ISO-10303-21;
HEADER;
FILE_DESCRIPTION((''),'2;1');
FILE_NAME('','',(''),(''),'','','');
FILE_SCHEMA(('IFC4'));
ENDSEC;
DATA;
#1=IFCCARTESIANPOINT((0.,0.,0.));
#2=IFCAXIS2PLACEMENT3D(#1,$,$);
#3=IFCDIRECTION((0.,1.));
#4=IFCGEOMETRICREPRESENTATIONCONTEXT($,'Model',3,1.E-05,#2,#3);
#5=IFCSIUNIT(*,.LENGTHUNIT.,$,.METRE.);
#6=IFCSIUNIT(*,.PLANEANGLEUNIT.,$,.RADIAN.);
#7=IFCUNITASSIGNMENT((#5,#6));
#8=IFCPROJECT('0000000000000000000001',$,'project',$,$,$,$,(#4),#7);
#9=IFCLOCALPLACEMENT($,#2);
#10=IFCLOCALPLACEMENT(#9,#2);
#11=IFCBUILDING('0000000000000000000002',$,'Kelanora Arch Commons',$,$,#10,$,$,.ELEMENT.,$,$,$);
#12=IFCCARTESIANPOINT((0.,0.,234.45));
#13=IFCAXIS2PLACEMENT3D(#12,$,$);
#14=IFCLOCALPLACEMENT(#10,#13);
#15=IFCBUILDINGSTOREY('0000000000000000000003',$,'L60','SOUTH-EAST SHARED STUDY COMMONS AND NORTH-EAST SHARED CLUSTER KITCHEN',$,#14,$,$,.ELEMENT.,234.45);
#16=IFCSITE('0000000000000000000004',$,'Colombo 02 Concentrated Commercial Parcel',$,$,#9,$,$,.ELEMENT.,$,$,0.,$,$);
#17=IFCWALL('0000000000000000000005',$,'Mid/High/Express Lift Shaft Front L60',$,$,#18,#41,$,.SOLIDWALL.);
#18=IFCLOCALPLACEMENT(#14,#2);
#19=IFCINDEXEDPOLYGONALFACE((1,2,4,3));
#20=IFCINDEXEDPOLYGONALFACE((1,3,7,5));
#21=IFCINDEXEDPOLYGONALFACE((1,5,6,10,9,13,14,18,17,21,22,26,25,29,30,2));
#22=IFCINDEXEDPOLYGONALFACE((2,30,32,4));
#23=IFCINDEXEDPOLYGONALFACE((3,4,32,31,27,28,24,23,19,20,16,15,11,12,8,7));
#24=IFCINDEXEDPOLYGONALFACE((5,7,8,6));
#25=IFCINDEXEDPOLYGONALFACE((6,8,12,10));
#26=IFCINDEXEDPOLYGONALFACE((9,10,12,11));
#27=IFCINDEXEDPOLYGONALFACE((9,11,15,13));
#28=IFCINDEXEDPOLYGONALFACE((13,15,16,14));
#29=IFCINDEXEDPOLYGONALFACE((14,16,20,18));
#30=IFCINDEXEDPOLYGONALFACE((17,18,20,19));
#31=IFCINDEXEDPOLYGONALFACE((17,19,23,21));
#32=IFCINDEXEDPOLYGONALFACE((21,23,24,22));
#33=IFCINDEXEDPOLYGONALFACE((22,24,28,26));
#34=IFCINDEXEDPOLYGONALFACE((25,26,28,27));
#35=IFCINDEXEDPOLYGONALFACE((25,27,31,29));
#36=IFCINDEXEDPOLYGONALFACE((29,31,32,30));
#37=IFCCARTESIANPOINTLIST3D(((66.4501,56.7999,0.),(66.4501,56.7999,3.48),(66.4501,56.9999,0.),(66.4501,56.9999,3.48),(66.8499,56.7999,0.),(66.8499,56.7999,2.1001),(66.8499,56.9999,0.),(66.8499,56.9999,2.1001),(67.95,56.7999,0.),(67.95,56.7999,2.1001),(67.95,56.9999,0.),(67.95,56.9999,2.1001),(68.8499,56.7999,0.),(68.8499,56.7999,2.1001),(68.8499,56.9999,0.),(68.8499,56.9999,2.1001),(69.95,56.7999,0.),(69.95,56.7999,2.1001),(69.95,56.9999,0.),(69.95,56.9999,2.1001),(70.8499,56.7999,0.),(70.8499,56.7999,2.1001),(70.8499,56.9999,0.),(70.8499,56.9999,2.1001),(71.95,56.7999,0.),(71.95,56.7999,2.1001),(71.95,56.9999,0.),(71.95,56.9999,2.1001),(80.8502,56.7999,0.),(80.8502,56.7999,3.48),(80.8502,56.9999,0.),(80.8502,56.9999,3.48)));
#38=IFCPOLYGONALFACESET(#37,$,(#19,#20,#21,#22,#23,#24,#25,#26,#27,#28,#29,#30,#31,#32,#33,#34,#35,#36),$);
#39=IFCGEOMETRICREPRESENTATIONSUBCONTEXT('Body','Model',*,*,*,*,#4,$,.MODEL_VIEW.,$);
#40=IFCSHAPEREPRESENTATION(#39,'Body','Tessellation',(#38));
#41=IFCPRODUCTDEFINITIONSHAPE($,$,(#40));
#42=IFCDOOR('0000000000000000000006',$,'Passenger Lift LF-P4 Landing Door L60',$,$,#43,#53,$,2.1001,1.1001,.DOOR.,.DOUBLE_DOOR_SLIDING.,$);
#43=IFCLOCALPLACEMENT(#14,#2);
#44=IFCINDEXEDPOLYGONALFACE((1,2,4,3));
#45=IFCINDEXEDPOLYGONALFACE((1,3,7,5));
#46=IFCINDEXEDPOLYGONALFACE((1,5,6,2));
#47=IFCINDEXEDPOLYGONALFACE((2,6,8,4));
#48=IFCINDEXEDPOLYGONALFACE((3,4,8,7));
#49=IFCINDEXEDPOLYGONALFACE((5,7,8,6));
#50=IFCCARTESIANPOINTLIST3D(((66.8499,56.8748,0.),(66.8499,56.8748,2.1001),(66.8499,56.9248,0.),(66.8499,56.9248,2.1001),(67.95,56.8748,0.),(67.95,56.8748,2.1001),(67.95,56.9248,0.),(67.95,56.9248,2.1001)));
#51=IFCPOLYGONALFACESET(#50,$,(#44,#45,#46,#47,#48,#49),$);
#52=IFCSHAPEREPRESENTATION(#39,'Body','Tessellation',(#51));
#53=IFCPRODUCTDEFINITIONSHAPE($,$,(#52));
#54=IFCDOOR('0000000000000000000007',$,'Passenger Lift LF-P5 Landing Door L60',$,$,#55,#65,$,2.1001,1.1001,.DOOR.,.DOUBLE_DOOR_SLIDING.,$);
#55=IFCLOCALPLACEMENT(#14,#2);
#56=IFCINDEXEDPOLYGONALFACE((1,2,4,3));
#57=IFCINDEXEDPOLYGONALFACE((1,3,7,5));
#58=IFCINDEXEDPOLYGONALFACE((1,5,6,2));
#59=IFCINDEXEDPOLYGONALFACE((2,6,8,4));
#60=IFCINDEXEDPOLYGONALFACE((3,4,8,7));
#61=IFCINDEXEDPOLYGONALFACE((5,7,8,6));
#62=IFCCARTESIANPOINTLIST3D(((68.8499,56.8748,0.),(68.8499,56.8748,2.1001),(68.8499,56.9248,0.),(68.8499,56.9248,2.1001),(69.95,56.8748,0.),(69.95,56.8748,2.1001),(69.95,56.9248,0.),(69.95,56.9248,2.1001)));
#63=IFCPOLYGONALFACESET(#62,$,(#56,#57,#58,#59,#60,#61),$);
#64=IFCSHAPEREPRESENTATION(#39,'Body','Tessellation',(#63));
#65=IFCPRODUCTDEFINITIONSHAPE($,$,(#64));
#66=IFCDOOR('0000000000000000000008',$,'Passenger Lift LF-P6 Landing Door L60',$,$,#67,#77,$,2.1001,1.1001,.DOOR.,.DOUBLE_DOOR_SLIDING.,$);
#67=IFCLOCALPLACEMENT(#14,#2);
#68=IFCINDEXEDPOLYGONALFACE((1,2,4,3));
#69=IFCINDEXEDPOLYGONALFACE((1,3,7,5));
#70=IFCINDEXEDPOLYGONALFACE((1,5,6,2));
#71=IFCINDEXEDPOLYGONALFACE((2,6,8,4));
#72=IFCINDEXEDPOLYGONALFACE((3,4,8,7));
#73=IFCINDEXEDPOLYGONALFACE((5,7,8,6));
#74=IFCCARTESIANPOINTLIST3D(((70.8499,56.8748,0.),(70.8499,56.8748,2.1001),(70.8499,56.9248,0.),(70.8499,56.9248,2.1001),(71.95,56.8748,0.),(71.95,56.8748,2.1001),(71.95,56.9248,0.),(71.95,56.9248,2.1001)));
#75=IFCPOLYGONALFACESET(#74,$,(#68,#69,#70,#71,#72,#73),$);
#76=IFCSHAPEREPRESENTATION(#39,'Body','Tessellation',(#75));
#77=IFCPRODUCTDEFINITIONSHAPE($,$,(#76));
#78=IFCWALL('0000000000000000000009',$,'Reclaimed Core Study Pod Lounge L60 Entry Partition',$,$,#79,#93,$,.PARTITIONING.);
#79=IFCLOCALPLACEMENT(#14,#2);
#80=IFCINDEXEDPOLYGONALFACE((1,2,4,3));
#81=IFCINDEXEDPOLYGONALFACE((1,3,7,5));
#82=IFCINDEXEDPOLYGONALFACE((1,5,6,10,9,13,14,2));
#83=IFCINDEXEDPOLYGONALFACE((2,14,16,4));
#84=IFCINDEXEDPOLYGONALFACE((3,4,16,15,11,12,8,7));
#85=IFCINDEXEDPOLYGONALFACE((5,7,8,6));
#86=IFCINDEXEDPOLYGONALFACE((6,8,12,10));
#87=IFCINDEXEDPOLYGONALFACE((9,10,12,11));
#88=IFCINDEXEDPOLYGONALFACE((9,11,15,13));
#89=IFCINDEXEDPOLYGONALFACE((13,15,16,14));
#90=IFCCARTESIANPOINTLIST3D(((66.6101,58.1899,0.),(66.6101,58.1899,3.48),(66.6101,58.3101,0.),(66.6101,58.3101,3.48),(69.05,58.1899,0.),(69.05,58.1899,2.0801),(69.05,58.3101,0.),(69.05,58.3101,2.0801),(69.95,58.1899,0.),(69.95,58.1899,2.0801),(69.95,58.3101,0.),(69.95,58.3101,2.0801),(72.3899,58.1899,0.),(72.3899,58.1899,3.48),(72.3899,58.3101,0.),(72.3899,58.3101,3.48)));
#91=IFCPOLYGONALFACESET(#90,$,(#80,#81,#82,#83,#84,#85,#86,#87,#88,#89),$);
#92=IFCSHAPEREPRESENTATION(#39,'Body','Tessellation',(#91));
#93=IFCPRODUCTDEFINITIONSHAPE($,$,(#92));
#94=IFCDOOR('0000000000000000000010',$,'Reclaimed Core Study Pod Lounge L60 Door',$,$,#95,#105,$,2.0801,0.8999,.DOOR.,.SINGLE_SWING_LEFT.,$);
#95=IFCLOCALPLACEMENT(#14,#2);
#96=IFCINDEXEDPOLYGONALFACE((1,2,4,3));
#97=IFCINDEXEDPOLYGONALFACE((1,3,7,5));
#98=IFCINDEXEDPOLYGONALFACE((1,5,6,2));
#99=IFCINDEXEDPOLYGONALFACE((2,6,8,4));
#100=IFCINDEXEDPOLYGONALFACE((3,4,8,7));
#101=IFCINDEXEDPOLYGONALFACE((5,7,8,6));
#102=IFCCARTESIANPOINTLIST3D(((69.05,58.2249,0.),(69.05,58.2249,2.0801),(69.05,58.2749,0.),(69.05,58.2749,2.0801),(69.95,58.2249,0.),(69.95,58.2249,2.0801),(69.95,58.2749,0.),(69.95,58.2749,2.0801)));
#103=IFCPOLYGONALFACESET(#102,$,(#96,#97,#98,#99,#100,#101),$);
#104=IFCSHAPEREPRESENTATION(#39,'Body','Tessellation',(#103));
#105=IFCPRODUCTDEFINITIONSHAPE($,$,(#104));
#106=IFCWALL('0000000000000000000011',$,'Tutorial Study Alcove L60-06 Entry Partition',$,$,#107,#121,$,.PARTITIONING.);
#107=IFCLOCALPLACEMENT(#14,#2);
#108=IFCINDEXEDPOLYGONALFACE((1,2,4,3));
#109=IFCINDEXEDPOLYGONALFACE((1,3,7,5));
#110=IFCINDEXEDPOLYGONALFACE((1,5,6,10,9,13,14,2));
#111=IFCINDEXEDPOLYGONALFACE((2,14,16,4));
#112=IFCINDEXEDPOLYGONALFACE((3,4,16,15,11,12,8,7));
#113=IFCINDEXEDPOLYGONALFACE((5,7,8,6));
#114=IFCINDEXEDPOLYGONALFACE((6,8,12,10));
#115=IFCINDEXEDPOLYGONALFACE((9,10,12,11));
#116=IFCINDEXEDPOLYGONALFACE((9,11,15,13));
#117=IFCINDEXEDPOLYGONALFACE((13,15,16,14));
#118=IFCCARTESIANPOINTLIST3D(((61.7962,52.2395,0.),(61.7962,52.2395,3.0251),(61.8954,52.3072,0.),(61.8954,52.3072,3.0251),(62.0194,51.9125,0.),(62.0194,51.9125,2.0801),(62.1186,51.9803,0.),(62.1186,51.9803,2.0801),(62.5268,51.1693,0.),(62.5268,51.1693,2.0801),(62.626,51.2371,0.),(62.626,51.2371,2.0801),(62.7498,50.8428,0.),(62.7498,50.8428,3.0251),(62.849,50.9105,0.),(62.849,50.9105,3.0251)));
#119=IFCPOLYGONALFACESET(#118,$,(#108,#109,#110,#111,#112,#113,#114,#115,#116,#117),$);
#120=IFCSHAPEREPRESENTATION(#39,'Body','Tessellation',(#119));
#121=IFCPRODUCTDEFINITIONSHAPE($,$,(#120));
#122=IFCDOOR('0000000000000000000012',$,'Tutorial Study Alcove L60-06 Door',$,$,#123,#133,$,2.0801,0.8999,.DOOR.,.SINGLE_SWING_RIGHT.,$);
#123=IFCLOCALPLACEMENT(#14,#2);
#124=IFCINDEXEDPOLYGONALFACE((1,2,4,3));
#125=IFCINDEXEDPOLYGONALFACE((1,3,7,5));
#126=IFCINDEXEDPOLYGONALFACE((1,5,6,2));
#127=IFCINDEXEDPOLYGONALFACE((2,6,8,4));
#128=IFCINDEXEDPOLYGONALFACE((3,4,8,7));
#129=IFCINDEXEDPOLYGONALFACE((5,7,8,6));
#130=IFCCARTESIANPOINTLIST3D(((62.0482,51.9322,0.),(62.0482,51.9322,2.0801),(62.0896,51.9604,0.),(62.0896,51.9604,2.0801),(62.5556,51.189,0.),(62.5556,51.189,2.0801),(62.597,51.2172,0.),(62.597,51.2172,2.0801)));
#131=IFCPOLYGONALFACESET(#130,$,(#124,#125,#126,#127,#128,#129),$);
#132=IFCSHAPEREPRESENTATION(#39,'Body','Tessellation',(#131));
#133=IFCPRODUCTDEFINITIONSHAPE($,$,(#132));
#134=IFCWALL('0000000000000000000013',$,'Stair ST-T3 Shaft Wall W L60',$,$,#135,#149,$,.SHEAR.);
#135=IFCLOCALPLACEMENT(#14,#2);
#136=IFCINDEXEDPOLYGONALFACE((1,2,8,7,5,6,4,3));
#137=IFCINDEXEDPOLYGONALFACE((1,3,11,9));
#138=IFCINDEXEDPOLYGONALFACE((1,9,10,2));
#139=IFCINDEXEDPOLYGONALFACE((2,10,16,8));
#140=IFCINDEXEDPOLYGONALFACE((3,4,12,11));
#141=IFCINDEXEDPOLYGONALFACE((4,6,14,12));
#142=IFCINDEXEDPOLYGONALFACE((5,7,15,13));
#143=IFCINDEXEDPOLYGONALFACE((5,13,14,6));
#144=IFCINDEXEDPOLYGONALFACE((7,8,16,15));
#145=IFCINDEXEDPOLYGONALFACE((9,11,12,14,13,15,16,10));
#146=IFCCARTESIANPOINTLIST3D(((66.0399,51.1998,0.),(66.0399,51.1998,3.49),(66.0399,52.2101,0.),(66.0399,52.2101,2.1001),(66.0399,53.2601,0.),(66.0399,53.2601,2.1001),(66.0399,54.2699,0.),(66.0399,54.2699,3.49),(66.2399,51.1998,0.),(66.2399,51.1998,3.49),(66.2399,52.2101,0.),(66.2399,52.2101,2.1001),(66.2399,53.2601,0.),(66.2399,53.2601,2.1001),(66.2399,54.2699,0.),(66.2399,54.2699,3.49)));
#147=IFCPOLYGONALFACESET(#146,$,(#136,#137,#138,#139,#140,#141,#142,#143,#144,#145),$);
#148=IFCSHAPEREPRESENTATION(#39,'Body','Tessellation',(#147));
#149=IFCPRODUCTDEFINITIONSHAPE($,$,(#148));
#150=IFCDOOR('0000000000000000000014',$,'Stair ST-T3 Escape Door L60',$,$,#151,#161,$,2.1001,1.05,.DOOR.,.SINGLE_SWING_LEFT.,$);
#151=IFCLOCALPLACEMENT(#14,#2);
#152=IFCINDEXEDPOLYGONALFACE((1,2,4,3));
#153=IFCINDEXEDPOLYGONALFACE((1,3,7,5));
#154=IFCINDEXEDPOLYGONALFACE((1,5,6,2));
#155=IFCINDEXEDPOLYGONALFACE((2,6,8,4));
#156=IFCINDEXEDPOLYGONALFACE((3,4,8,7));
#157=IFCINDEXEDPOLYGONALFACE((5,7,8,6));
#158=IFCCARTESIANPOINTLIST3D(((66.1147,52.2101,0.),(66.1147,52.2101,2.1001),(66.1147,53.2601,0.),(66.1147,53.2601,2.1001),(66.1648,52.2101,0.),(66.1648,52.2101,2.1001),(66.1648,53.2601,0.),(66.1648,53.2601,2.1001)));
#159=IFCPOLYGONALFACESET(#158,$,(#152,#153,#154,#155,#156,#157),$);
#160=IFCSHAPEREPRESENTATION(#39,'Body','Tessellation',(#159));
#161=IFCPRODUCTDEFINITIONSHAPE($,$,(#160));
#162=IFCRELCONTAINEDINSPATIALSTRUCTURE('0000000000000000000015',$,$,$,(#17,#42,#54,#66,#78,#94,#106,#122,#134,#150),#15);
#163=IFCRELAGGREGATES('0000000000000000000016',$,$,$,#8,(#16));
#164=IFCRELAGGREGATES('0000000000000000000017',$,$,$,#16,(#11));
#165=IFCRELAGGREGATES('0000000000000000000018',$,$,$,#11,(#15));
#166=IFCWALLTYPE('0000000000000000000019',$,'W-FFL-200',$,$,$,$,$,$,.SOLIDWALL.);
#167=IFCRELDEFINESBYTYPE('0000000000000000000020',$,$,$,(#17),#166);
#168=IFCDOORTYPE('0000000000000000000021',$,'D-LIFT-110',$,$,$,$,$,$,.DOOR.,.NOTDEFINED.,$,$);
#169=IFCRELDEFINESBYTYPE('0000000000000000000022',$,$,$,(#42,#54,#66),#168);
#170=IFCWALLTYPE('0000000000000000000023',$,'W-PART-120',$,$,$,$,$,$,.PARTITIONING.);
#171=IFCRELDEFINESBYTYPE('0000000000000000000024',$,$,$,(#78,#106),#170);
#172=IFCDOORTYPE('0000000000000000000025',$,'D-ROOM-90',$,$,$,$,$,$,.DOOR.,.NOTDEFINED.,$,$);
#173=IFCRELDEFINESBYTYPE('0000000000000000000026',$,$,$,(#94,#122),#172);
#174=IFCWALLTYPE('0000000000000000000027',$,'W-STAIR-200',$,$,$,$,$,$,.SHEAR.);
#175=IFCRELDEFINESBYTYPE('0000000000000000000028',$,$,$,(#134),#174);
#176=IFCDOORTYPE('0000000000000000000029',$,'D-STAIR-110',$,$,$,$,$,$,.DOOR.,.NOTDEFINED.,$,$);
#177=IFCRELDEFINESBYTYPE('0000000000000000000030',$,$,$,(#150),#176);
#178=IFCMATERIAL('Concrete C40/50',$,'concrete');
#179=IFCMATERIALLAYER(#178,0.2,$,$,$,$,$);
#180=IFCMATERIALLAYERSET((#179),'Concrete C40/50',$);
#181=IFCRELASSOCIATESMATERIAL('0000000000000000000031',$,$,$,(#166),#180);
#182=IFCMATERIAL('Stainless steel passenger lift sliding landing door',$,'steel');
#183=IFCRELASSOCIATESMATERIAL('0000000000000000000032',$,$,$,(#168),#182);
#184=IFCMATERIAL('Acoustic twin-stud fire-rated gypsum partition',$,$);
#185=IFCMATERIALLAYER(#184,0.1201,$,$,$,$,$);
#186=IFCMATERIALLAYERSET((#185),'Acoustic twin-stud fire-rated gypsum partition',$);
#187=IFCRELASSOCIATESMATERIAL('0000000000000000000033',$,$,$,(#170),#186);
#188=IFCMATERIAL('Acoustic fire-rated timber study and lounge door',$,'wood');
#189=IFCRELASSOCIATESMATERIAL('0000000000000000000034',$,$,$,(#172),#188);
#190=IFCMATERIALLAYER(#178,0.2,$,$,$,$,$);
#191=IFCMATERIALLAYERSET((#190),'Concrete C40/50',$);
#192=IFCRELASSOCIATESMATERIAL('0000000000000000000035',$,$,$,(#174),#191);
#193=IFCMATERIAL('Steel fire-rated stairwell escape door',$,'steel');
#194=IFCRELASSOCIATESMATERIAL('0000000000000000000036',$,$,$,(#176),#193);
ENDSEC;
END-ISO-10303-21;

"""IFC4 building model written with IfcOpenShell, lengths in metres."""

from ifc_helpers import new_model, si_unit, direction, frame, frame_2d, origin, place, context, subcontext, project, spatial, rectangle, extrude, material, layer, layer_set, type_object, element, fill, save


model = new_model("IFC4")

# Units and contexts
model_context = context("Model", 3, precision=1e-05, world=origin(), true_north=direction((0.0, 1.0)))
body_context = subcontext(model_context, "Body", "Model", "MODEL_VIEW")
ifc_project = project(units=[si_unit("LENGTHUNIT", "METRE"), si_unit("PLANEANGLEUNIT", "RADIAN")], contexts=[model_context])

# Site, building, storey
site_placement = place(None, origin())
site = spatial("IfcSite", under=ifc_project, at=site_placement, Name="Colombo 02 Concentrated Commercial Parcel", CompositionType="ELEMENT", RefElevation=0.0)
building_placement = place(site_placement, origin())
building = spatial("IfcBuilding", under=site, at=building_placement, Name="Kelanora Arch Commons", CompositionType="ELEMENT")
storey_placement = place(building_placement, frame((0.0, 0.0, 234.45)))
storey = spatial("IfcBuildingStorey", under=building, at=storey_placement, Name="L60", Description="SOUTH-EAST SHARED STUDY COMMONS AND NORTH-EAST SHARED CLUSTER KITCHEN", CompositionType="ELEMENT", Elevation=234.45)

# Wall, openings, doors
ifc_material_1 = material(Name="Concrete C40/50", Category="concrete")
ifc_layer_1 = layer(ifc_material_1, 0.2)
ifc_layer_set_1 = layer_set([ifc_layer_1], Name="Concrete C40/50")
wall_type_1 = type_object("IfcWallType", Name="W-FFL-200", PredefinedType="SOLIDWALL", material=ifc_layer_set_1)
wall_1_placement = place(storey_placement, frame((66.45, 56.8999, 0.0), z_axis=(0.0, 0.0, 1.0), x_axis=(1.0, 0.0, 0.0)))
wall_1 = element("IfcWall", 1, at=wall_1_placement, inside=storey, type_object=wall_type_1, Name="Mid/High/Express Lift Shaft Front L60", PredefinedType="SOLIDWALL", context=body_context, shape_type="SweptSolid", body=[
    extrude(rectangle(XDim=14.4001, YDim=0.2, at=frame_2d((7.2002, 0.0))), origin(), (0.0, 0.0, 1.0), 3.48),
])
opening_1_placement = place(wall_1_placement, frame((0.3999, 0.0, 0.0)))
opening_1 = element("IfcOpeningElement", 2, at=opening_1_placement, cuts=wall_1, PredefinedType="OPENING", context=body_context, shape_type="SweptSolid", body=[
    extrude(rectangle(XDim=1.1001, YDim=2.1001, at=frame_2d((0.55, 1.05))), frame((0.0, 0.1099, 0.0), z_axis=(0.0, -1.0, 0.0), x_axis=(1.0, 0.0, 0.0)), (0.0, 0.0, 1.0), 0.22),
])
opening_2_placement = place(wall_1_placement, frame((2.3999, 0.0, 0.0)))
opening_2 = element("IfcOpeningElement", 3, at=opening_2_placement, cuts=wall_1, PredefinedType="OPENING", context=body_context, shape_type="SweptSolid", body=[
    extrude(rectangle(XDim=1.1001, YDim=2.1001, at=frame_2d((0.55, 1.05))), frame((0.0, 0.1099, 0.0), z_axis=(0.0, -1.0, 0.0), x_axis=(1.0, 0.0, 0.0)), (0.0, 0.0, 1.0), 0.22),
])
opening_3_placement = place(wall_1_placement, frame((4.3999, 0.0, 0.0)))
opening_3 = element("IfcOpeningElement", 4, at=opening_3_placement, cuts=wall_1, PredefinedType="OPENING", context=body_context, shape_type="SweptSolid", body=[
    extrude(rectangle(XDim=1.1001, YDim=2.1001, at=frame_2d((0.55, 1.05))), frame((0.0, 0.1099, 0.0), z_axis=(0.0, -1.0, 0.0), x_axis=(1.0, 0.0, 0.0)), (0.0, 0.0, 1.0), 0.22),
])
ifc_material_2 = material(Name="Stainless steel passenger lift sliding landing door", Category="steel")
door_type_1 = type_object("IfcDoorType", Name="D-LIFT-110", OperationType="NOTDEFINED", PredefinedType="DOOR", material=ifc_material_2)
door_1_placement = place(opening_1_placement, origin())
door_1 = element("IfcDoor", 5, at=door_1_placement, inside=storey, type_object=door_type_1, Name="Passenger Lift LF-P4 Landing Door L60", OperationType="DOUBLE_DOOR_SLIDING", OverallHeight=2.1001, OverallWidth=1.1001, PredefinedType="DOOR", context=body_context, shape_type="SweptSolid", body=[
    extrude(rectangle(XDim=1.1001, YDim=2.1001, at=frame_2d((0.55, 1.05))), frame((0.0, 0.0249, 0.0), z_axis=(0.0, -1.0, 0.0), x_axis=(1.0, 0.0, 0.0)), (0.0, 0.0, 1.0), 0.05),
])
fill(opening_1, door_1)
door_2_placement = place(opening_2_placement, origin())
door_2 = element("IfcDoor", 6, at=door_2_placement, inside=storey, type_object=door_type_1, Name="Passenger Lift LF-P5 Landing Door L60", OperationType="DOUBLE_DOOR_SLIDING", OverallHeight=2.1001, OverallWidth=1.1001, PredefinedType="DOOR", context=body_context, shape_type="SweptSolid", body=[
    extrude(rectangle(XDim=1.1001, YDim=2.1001, at=frame_2d((0.55, 1.05))), frame((0.0, 0.0249, 0.0), z_axis=(0.0, -1.0, 0.0), x_axis=(1.0, 0.0, 0.0)), (0.0, 0.0, 1.0), 0.05),
])
fill(opening_2, door_2)
door_3_placement = place(opening_3_placement, origin())
door_3 = element("IfcDoor", 7, at=door_3_placement, inside=storey, type_object=door_type_1, Name="Passenger Lift LF-P6 Landing Door L60", OperationType="DOUBLE_DOOR_SLIDING", OverallHeight=2.1001, OverallWidth=1.1001, PredefinedType="DOOR", context=body_context, shape_type="SweptSolid", body=[
    extrude(rectangle(XDim=1.1001, YDim=2.1001, at=frame_2d((0.55, 1.05))), frame((0.0, 0.0249, 0.0), z_axis=(0.0, -1.0, 0.0), x_axis=(1.0, 0.0, 0.0)), (0.0, 0.0, 1.0), 0.05),
])
fill(opening_3, door_3)

# Walls, openings, doors
ifc_material_3 = material(Name="Acoustic twin-stud fire-rated gypsum partition")
ifc_layer_2 = layer(ifc_material_3, 0.1201)
ifc_layer_set_2 = layer_set([ifc_layer_2], Name="Acoustic twin-stud fire-rated gypsum partition")
wall_type_2 = type_object("IfcWallType", Name="W-PART-120", PredefinedType="PARTITIONING", material=ifc_layer_set_2)
wall_2_placement = place(storey_placement, frame((66.6101, 58.25, 0.0), z_axis=(0.0, 0.0, 1.0), x_axis=(1.0, 0.0, 0.0)))
wall_2 = element("IfcWall", 8, at=wall_2_placement, inside=storey, type_object=wall_type_2, Name="Reclaimed Core Study Pod Lounge L60 Entry Partition", PredefinedType="PARTITIONING", context=body_context, shape_type="SweptSolid", body=[
    extrude(rectangle(XDim=5.7798, YDim=0.1201, at=frame_2d((2.8899, 0.0))), origin(), (0.0, 0.0, 1.0), 3.48),
])
opening_4_placement = place(wall_2_placement, frame((2.4399, 0.0, 0.0)))
opening_4 = element("IfcOpeningElement", 9, at=opening_4_placement, cuts=wall_2, PredefinedType="OPENING", context=body_context, shape_type="SweptSolid", body=[
    extrude(rectangle(XDim=0.8999, YDim=2.0801, at=frame_2d((0.45, 1.04))), frame((0.0, 0.0701, 0.0), z_axis=(0.0, -1.0, 0.0), x_axis=(1.0, 0.0, 0.0)), (0.0, 0.0, 1.0), 0.1401),
])
ifc_material_4 = material(Name="Acoustic fire-rated timber study and lounge door", Category="wood")
door_type_2 = type_object("IfcDoorType", Name="D-ROOM-90", OperationType="NOTDEFINED", PredefinedType="DOOR", material=ifc_material_4)
door_4_placement = place(opening_4_placement, origin())
door_4 = element("IfcDoor", 10, at=door_4_placement, inside=storey, type_object=door_type_2, Name="Reclaimed Core Study Pod Lounge L60 Door", OperationType="SINGLE_SWING_LEFT", OverallHeight=2.0801, OverallWidth=0.8999, PredefinedType="DOOR", context=body_context, shape_type="SweptSolid", body=[
    extrude(rectangle(XDim=0.8999, YDim=2.0801, at=frame_2d((0.45, 1.04))), frame((0.0, 0.0249, 0.0), z_axis=(0.0, -1.0, 0.0), x_axis=(1.0, 0.0, 0.0)), (0.0, 0.0, 1.0), 0.05),
])
fill(opening_4, door_4)
wall_3_placement = place(storey_placement, frame((61.8457, 52.2734, 0.0), z_axis=(0.0, 0.0, 1.0), x_axis=(0.563861, -0.82587, 0.0)))
wall_3 = element("IfcWall", 11, at=wall_3_placement, inside=storey, type_object=wall_type_2, Name="Tutorial Study Alcove L60-06 Entry Partition", PredefinedType="PARTITIONING", context=body_context, shape_type="SweptSolid", body=[
    extrude(rectangle(XDim=1.6912, YDim=0.1201, at=frame_2d((0.8457, 0.0))), origin(), (0.0, 0.0, 1.0), 3.0251),
])
opening_5_placement = place(wall_3_placement, frame((0.396, 0.0, 0.0)))
opening_5 = element("IfcOpeningElement", 12, at=opening_5_placement, cuts=wall_3, PredefinedType="OPENING", context=body_context, shape_type="SweptSolid", body=[
    extrude(rectangle(XDim=0.8999, YDim=2.0801, at=frame_2d((0.45, 1.04))), frame((0.0, 0.0701, 0.0), z_axis=(0.0, -1.0, 0.0), x_axis=(1.0, 0.0, 0.0)), (0.0, 0.0, 1.0), 0.1401),
])
door_5_placement = place(opening_5_placement, origin())
door_5 = element("IfcDoor", 13, at=door_5_placement, inside=storey, type_object=door_type_2, Name="Tutorial Study Alcove L60-06 Door", OperationType="SINGLE_SWING_RIGHT", OverallHeight=2.0801, OverallWidth=0.8999, PredefinedType="DOOR", context=body_context, shape_type="SweptSolid", body=[
    extrude(rectangle(XDim=0.8999, YDim=2.0801, at=frame_2d((0.45, 1.04))), frame((0.0, 0.0249, 0.0), z_axis=(0.0, -1.0, 0.0), x_axis=(1.0, 0.0, 0.0)), (0.0, 0.0, 1.0), 0.05),
])
fill(opening_5, door_5)
ifc_layer_3 = layer(ifc_material_1, 0.2)
ifc_layer_set_3 = layer_set([ifc_layer_3], Name="Concrete C40/50")
wall_type_3 = type_object("IfcWallType", Name="W-STAIR-200", PredefinedType="SHEAR", material=ifc_layer_set_3)
wall_4_placement = place(storey_placement, frame((66.1399, 54.27, 0.0), z_axis=(0.0, 0.0, 1.0), x_axis=(0.0, -1.0, 0.0)))
wall_4 = element("IfcWall", 14, at=wall_4_placement, inside=storey, type_object=wall_type_3, Name="Stair ST-T3 Shaft Wall W L60", PredefinedType="SHEAR", context=body_context, shape_type="SweptSolid", body=[
    extrude(rectangle(XDim=3.0701, YDim=0.2, at=frame_2d((1.5352, 0.0))), origin(), (0.0, 0.0, 1.0), 3.49),
])
opening_6_placement = place(wall_4_placement, frame((1.01, 0.0, 0.0)))
opening_6 = element("IfcOpeningElement", 15, at=opening_6_placement, cuts=wall_4, PredefinedType="OPENING", context=body_context, shape_type="SweptSolid", body=[
    extrude(rectangle(XDim=1.05, YDim=2.1001, at=frame_2d((0.5249, 1.05))), frame((0.0, 0.1099, 0.0), z_axis=(0.0, -1.0, 0.0), x_axis=(1.0, 0.0, 0.0)), (0.0, 0.0, 1.0), 0.22),
])
ifc_material_5 = material(Name="Steel fire-rated stairwell escape door", Category="steel")
door_type_3 = type_object("IfcDoorType", Name="D-STAIR-110", OperationType="NOTDEFINED", PredefinedType="DOOR", material=ifc_material_5)
door_6_placement = place(opening_6_placement, origin())
door_6 = element("IfcDoor", 16, at=door_6_placement, inside=storey, type_object=door_type_3, Name="Stair ST-T3 Escape Door L60", OperationType="SINGLE_SWING_LEFT", OverallHeight=2.1001, OverallWidth=1.05, PredefinedType="DOOR", context=body_context, shape_type="SweptSolid", body=[
    extrude(rectangle(XDim=1.05, YDim=2.1001, at=frame_2d((0.5249, 1.05))), frame((0.0, 0.0249, 0.0), z_axis=(0.0, -1.0, 0.0), x_axis=(1.0, 0.0, 0.0)), (0.0, 0.0, 1.0), 0.05),
])
fill(opening_6, door_6)

save(model, "model.ifc")
